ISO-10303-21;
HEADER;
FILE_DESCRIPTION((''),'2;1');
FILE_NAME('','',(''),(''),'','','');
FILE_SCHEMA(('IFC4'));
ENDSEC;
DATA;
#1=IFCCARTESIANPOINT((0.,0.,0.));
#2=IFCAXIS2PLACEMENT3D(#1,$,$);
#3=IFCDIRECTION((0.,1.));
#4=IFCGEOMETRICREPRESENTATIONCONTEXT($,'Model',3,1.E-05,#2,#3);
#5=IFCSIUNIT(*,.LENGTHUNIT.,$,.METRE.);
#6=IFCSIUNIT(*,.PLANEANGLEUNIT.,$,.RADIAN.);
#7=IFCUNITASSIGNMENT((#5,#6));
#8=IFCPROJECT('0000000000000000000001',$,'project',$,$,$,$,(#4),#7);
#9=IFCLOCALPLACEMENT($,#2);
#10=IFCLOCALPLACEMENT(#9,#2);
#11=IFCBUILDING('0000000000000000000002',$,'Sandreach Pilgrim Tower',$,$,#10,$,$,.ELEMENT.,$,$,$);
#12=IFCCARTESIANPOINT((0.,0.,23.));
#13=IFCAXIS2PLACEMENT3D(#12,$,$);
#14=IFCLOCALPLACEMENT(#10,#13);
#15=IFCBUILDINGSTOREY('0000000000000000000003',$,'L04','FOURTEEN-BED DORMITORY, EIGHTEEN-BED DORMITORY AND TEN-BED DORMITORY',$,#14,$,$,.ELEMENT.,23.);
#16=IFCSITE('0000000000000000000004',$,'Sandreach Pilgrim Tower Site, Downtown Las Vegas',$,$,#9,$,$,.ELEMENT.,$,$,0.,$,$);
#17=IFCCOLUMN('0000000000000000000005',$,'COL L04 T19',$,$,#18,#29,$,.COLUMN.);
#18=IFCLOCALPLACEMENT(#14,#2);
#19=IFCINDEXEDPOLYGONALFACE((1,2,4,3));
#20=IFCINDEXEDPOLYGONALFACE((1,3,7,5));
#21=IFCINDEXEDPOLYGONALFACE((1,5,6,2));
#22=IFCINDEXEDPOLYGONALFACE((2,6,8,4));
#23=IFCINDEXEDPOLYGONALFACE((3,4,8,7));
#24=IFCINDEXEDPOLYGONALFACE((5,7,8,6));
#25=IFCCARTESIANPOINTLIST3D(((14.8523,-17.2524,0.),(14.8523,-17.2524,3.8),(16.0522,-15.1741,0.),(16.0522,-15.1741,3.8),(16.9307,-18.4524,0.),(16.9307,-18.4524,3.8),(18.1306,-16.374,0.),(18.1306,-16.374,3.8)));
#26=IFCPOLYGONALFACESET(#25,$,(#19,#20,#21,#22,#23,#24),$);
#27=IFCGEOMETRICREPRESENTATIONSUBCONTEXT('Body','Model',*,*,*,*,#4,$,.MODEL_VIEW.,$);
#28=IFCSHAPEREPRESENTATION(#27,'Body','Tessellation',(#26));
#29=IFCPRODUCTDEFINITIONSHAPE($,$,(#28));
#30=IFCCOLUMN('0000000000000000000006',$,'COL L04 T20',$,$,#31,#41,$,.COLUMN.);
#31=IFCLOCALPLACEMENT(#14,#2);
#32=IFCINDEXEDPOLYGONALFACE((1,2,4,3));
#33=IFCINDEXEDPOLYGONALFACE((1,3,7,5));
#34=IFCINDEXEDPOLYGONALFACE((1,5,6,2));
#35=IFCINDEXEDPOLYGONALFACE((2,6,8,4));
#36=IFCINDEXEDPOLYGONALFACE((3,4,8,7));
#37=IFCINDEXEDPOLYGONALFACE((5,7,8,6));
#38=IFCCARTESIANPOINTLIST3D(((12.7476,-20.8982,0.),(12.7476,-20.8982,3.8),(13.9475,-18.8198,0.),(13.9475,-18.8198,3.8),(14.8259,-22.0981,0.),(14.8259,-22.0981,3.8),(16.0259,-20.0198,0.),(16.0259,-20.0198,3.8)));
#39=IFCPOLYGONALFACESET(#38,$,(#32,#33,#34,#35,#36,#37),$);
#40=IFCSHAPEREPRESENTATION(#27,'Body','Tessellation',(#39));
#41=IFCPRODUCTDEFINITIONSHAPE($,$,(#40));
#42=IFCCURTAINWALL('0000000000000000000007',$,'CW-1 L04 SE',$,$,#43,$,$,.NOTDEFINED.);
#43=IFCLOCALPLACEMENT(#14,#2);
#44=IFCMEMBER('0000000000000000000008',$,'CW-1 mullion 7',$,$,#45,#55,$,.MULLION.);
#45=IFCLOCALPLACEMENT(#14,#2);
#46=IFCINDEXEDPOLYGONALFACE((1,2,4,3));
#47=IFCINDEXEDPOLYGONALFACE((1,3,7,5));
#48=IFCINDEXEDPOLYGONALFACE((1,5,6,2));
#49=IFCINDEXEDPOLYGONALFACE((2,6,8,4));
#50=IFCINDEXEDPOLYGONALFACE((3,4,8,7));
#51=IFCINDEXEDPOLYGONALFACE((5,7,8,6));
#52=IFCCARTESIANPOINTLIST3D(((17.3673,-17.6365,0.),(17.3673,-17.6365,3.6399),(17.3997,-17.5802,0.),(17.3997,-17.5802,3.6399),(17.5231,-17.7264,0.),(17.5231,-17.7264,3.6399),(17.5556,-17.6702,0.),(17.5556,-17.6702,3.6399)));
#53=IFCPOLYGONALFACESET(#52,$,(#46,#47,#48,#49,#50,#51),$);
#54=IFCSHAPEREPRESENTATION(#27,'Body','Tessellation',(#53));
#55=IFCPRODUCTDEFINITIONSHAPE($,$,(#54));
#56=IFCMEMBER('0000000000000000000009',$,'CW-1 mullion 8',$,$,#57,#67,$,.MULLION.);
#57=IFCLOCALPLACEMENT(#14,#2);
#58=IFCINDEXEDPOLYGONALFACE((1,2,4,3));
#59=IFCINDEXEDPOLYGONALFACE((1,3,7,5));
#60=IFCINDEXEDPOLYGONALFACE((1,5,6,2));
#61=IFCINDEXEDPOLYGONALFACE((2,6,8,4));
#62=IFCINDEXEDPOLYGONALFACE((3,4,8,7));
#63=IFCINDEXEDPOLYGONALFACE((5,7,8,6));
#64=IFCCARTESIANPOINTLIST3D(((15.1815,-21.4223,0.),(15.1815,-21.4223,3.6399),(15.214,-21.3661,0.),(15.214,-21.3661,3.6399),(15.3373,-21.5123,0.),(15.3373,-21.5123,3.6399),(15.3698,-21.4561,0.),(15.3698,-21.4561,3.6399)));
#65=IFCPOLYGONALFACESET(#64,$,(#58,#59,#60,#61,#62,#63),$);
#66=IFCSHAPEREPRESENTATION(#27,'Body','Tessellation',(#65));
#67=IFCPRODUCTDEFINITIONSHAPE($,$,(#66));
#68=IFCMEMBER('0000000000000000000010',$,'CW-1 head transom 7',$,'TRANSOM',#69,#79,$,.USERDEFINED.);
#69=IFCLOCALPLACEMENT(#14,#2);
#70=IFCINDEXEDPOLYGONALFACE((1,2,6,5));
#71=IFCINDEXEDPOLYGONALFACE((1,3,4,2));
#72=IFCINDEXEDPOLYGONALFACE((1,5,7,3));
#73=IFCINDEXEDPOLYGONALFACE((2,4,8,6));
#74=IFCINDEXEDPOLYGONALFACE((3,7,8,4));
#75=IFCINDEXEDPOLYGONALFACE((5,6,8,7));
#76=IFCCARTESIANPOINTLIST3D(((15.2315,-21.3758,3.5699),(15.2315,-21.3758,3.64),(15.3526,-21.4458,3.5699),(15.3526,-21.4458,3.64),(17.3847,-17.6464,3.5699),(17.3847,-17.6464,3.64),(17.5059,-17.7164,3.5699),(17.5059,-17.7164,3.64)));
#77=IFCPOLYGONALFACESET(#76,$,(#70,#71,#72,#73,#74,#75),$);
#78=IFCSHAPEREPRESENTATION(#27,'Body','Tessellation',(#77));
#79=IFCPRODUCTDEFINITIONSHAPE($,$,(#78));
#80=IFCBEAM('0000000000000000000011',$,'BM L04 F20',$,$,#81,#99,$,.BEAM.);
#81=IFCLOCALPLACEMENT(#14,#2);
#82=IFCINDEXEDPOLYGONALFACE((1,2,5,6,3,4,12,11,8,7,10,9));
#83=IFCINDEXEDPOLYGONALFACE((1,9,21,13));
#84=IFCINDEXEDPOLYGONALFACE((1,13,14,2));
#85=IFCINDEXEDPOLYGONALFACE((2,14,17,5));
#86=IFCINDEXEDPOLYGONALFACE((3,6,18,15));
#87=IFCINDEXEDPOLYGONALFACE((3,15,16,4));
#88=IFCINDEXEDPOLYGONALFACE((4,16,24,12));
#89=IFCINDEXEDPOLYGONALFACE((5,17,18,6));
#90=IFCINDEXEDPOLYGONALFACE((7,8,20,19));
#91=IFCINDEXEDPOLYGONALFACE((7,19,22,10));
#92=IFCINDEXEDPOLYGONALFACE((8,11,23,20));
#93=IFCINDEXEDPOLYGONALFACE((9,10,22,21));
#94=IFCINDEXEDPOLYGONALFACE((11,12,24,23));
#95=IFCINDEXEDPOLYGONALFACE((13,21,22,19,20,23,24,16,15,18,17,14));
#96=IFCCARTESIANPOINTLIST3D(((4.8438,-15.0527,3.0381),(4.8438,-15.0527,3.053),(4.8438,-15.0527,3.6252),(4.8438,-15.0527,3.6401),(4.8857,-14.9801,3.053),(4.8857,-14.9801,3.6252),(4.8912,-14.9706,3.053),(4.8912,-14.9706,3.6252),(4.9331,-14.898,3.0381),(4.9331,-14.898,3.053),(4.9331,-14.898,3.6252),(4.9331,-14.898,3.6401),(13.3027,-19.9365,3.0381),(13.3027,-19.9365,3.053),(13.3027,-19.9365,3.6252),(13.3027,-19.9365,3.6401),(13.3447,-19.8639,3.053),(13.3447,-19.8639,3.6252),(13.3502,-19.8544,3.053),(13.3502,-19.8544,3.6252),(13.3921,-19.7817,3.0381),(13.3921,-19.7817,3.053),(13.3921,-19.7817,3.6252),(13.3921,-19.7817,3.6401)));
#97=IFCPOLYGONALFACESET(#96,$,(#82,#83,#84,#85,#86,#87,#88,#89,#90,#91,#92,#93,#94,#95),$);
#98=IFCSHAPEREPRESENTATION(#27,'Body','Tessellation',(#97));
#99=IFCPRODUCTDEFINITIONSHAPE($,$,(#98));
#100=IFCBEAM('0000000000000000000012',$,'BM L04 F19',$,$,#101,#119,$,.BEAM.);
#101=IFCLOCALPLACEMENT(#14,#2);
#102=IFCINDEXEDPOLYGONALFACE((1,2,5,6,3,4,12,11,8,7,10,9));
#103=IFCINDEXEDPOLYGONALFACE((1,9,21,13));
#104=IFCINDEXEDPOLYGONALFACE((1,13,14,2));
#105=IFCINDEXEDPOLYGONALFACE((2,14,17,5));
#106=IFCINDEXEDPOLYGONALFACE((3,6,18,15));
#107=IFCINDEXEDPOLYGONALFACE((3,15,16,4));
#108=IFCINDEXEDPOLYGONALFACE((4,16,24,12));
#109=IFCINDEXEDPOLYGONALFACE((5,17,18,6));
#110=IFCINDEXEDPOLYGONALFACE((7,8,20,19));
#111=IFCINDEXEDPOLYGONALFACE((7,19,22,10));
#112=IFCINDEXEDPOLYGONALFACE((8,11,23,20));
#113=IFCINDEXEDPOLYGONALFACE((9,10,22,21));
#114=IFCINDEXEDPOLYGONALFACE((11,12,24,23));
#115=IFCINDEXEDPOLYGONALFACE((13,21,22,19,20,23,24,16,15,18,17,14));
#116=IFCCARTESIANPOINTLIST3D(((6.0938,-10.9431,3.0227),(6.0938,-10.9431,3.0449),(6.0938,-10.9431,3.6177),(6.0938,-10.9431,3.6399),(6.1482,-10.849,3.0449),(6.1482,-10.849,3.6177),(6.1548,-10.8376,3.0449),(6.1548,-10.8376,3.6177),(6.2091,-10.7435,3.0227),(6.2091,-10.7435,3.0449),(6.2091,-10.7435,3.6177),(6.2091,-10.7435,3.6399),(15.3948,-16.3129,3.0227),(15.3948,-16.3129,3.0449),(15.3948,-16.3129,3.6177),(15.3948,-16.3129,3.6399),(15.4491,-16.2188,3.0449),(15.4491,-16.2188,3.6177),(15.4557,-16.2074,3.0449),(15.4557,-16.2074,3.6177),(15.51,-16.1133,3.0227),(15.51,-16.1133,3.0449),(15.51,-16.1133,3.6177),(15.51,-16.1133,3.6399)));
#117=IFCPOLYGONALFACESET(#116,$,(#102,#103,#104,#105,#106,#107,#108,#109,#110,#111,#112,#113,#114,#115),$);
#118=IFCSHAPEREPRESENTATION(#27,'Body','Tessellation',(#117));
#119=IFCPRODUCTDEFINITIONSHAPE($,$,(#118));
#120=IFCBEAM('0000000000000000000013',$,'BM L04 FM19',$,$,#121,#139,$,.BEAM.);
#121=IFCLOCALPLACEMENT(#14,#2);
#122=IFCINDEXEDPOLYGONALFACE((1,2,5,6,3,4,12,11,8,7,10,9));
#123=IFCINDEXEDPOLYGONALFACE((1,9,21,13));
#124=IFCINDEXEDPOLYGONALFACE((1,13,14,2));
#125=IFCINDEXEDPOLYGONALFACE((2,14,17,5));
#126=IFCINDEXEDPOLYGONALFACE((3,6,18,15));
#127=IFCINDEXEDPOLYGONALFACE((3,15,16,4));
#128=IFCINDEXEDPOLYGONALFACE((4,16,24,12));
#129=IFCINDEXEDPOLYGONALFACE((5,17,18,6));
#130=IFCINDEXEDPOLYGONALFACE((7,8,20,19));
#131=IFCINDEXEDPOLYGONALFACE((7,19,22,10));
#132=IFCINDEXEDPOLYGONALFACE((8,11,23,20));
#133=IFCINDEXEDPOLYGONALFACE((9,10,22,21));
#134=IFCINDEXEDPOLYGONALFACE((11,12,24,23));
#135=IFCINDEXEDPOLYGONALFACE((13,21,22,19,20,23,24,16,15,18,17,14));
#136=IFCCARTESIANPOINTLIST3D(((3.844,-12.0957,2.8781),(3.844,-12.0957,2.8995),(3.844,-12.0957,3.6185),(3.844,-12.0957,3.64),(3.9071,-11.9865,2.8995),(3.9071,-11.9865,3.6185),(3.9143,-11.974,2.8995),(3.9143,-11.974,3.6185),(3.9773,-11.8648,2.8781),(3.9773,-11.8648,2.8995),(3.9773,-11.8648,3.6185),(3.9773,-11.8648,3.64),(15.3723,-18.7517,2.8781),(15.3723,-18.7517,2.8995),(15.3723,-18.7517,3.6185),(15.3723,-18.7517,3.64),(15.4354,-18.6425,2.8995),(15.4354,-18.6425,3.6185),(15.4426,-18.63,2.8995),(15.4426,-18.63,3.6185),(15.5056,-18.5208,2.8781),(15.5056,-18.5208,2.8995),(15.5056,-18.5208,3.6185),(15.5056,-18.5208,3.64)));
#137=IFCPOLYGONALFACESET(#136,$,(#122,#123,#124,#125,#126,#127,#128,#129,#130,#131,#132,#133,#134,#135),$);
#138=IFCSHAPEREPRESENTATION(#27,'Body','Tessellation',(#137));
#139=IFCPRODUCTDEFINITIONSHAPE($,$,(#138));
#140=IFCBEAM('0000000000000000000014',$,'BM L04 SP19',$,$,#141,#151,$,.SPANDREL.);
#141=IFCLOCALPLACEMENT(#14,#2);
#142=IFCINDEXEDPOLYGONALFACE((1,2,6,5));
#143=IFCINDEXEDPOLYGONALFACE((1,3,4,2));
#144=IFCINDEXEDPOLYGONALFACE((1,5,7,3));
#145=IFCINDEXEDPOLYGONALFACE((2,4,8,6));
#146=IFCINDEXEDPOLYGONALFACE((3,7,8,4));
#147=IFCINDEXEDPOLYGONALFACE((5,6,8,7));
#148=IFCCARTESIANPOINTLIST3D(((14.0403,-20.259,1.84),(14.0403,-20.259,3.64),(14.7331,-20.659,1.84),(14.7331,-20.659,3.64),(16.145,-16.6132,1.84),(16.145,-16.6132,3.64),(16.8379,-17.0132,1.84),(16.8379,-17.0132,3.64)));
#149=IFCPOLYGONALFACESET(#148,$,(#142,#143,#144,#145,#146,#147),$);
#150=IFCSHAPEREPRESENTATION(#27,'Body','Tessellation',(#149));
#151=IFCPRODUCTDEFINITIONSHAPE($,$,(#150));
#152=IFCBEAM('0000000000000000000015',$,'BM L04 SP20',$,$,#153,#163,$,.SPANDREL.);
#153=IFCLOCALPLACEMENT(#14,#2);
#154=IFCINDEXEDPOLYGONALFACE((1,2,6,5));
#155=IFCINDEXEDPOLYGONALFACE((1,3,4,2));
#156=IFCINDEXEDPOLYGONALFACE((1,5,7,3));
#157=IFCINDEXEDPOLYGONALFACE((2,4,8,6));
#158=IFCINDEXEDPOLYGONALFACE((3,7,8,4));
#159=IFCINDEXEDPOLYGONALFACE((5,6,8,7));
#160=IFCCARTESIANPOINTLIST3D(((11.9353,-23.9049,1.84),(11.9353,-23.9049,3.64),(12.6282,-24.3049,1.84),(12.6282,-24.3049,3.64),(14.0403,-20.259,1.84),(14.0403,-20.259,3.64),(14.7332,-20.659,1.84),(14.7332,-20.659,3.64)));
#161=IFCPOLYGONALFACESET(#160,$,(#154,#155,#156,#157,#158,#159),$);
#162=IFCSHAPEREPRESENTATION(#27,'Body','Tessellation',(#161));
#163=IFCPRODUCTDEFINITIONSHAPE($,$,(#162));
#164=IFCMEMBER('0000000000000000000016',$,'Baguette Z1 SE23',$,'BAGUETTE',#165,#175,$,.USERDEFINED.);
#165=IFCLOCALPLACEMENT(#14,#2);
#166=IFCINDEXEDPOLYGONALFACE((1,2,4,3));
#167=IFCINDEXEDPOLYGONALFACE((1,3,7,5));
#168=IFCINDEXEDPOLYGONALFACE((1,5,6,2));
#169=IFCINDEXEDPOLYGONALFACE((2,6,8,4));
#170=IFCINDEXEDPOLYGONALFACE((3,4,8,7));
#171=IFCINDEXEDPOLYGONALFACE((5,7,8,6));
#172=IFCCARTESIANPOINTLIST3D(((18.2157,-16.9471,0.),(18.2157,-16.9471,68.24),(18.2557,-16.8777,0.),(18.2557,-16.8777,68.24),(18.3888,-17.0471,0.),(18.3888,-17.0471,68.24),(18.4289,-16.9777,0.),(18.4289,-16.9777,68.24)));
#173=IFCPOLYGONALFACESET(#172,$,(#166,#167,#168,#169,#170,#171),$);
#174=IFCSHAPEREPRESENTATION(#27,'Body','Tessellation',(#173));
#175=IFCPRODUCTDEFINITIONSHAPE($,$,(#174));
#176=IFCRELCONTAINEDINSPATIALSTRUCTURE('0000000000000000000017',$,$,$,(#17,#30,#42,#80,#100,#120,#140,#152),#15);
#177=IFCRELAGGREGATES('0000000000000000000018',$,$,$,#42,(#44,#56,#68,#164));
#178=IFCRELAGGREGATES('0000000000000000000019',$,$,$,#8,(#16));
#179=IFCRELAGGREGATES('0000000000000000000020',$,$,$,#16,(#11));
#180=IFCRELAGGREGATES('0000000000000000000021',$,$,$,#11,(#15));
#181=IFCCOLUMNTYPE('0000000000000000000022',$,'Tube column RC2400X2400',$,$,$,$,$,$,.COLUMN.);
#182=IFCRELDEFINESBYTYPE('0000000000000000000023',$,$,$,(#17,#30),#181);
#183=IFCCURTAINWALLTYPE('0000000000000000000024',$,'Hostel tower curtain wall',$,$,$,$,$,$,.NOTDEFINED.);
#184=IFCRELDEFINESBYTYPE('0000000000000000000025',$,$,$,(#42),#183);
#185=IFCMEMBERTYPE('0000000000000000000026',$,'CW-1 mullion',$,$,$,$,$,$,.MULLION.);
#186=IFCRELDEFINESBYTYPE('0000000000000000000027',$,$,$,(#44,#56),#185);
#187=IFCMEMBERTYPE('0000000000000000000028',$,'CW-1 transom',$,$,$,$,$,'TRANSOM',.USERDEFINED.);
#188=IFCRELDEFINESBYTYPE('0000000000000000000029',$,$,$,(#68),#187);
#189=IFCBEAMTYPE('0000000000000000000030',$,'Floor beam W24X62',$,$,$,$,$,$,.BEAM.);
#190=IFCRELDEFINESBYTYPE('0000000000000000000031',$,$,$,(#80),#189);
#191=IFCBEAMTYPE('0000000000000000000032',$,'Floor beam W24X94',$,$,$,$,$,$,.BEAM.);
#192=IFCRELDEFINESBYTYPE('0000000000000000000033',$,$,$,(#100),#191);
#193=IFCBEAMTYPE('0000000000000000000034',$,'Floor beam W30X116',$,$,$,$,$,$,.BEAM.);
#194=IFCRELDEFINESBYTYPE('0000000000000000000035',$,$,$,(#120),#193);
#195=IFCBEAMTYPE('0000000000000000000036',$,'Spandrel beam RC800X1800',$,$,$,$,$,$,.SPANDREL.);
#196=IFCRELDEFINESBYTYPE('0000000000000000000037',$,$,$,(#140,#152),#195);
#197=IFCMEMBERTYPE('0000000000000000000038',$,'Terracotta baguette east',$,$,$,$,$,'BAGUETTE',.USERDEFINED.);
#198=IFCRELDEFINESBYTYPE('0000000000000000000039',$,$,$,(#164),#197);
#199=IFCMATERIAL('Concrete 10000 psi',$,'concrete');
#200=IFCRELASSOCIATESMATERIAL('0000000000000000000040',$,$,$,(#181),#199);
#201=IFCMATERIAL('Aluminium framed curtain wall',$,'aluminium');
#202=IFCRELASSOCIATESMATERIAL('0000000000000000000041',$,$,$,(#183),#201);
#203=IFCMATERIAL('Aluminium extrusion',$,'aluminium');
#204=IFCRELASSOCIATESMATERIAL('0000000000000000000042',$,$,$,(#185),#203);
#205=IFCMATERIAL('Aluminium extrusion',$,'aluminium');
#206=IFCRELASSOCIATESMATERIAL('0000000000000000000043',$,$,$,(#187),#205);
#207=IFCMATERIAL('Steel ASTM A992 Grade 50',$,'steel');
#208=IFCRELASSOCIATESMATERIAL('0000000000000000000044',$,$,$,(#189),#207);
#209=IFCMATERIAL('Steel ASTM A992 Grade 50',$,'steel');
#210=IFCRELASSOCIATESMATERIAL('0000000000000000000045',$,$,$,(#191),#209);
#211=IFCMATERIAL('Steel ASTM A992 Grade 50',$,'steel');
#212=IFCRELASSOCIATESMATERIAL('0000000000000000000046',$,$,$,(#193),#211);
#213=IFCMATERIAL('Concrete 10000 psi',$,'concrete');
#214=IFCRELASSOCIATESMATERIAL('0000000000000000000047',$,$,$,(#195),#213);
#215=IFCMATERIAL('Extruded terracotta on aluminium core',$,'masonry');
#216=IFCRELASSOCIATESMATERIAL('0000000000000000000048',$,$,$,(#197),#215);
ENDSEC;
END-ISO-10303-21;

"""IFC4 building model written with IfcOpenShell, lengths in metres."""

from ifc_helpers import new_model, si_unit, direction, frame, origin, origin_2d, place, context, subcontext, project, spatial, rectangle, i_section, extrude, material, material_profile, profile_set, type_object, element, aggregate, save


model = new_model("IFC4")

# Units and contexts
model_context = context("Model", 3, precision=1e-05, world=origin(), true_north=direction((0.0, 1.0)))
body_context = subcontext(model_context, "Body", "Model", "MODEL_VIEW")
ifc_project = project(units=[si_unit("LENGTHUNIT", "METRE"), si_unit("PLANEANGLEUNIT", "RADIAN")], contexts=[model_context])

# Site, building, storey
site_placement = place(None, origin())
site = spatial("IfcSite", under=ifc_project, at=site_placement, Name="Sandreach Pilgrim Tower Site, Downtown Las Vegas", CompositionType="ELEMENT", RefElevation=0.0)
building_placement = place(site_placement, origin())
building = spatial("IfcBuilding", under=site, at=building_placement, Name="Sandreach Pilgrim Tower", CompositionType="ELEMENT")
storey_placement = place(building_placement, frame((0.0, 0.0, 23.0)))
storey = spatial("IfcBuildingStorey", under=building, at=storey_placement, Name="L04", Description="FOURTEEN-BED DORMITORY, EIGHTEEN-BED DORMITORY AND TEN-BED DORMITORY", CompositionType="ELEMENT", Elevation=23.0)

# Columns
ifc_material_1 = material(Name="Concrete 10000 psi", Category="concrete")
ifc_material_profile_1 = material_profile(ifc_material_1, rectangle(XDim=2.3999, YDim=2.3999, at=origin_2d()), Name="RC2400X2400")
ifc_profile_set_1 = profile_set([ifc_material_profile_1], Name="Concrete 10000 psi")
column_type = type_object("IfcColumnType", Name="Tube column RC2400X2400", PredefinedType="COLUMN", material=ifc_profile_set_1)
for number, where, z_axis, x_axis, name in (
    (1, (16.4915, -16.8132, 0.0), (0.0, 0.0, 1.0), (0.866025, -0.5, 0.0), "COL L04 T19"),
    (2, (14.3867, -20.459, 0.0), (0.0, 0.0, 1.0), (0.866025, -0.5, 0.0), "COL L04 T20"),
):
    element("IfcColumn", number, at=place(storey_placement, frame(where, z_axis=z_axis, x_axis=x_axis)), inside=storey, type_object=column_type, Name=name, PredefinedType="COLUMN", context=body_context, shape_type="SweptSolid", body=[
        extrude(rectangle(XDim=2.3999, YDim=2.3999, at=origin_2d()), origin(), (0.0, 0.0, 1.0), 3.8),
    ])

# Curtain wall, members
ifc_material_2 = material(Name="Aluminium framed curtain wall", Category="aluminium")
curtain_wall_type = type_object("IfcCurtainWallType", Name="Hostel tower curtain wall", PredefinedType="NOTDEFINED", material=ifc_material_2)
curtain_wall_placement = place(storey_placement, origin())
curtain_wall = element("IfcCurtainWall", 3, at=curtain_wall_placement, inside=storey, type_object=curtain_wall_type, Name="CW-1 L04 SE", PredefinedType="NOTDEFINED")
ifc_material_3 = material(Name="Aluminium extrusion", Category="aluminium")
ifc_material_profile_2 = material_profile(ifc_material_3, rectangle(XDim=0.0649, YDim=0.1799, at=origin_2d()), Name="CW-1M 65X180")
ifc_profile_set_2 = profile_set([ifc_material_profile_2], Name="Aluminium extrusion")
member_type_1 = type_object("IfcMemberType", Name="CW-1 mullion", PredefinedType="MULLION", material=ifc_profile_set_2)
member_1_placement = place(storey_placement, frame((17.4614, -17.6533, 0.0), z_axis=(0.0, 0.0, 1.0), x_axis=(-0.5, -0.866025, 0.0)))
member_1 = element("IfcMember", 4, at=member_1_placement, type_object=member_type_1, Name="CW-1 mullion 7", PredefinedType="MULLION", context=body_context, shape_type="SweptSolid", body=[
    extrude(rectangle(XDim=0.0649, YDim=0.1799, at=origin_2d()), origin(), (0.0, 0.0, 1.0), 3.6399),
])
member_2_placement = place(storey_placement, frame((15.2756, -21.4392, 0.0), z_axis=(0.0, 0.0, 1.0), x_axis=(-0.5, -0.866025, 0.0)))
member_2 = element("IfcMember", 5, at=member_2_placement, type_object=member_type_1, Name="CW-1 mullion 8", PredefinedType="MULLION", context=body_context, shape_type="SweptSolid", body=[
    extrude(rectangle(XDim=0.0649, YDim=0.1799, at=origin_2d()), origin(), (0.0, 0.0, 1.0), 3.6399),
])
ifc_material_4 = material(Name="Aluminium extrusion", Category="aluminium")
ifc_material_profile_3 = material_profile(ifc_material_4, rectangle(XDim=0.1399, YDim=0.0701, at=origin_2d()), Name="CW-1T 140X70")
ifc_profile_set_3 = profile_set([ifc_material_profile_3], Name="Aluminium extrusion")
member_type_2 = type_object("IfcMemberType", Name="CW-1 transom", ElementType="TRANSOM", PredefinedType="USERDEFINED", material=ifc_profile_set_3)
member_3_placement = place(storey_placement, frame((17.4453, -17.6814, 3.605), z_axis=(-0.500017, -0.866016, 0.0), x_axis=(0.866016, -0.500017, 0.0)))
member_3 = element("IfcMember", 6, at=member_3_placement, type_object=member_type_2, Name="CW-1 head transom 7", ObjectType="TRANSOM", PredefinedType="USERDEFINED", context=body_context, shape_type="SweptSolid", body=[
    extrude(rectangle(XDim=0.1399, YDim=0.0701, at=origin_2d()), origin(), (0.0, 0.0, 1.0), 4.3064),
])

# Beams
ifc_material_5 = material(Name="Steel ASTM A992 Grade 50", Category="steel")
ifc_material_profile_4 = material_profile(ifc_material_5, i_section(OverallWidth=0.1787, OverallDepth=0.6021, WebThickness=0.011, FlangeThickness=0.0149, at=origin_2d()), Name="W24X62")
ifc_profile_set_4 = profile_set([ifc_material_profile_4], Name="Steel ASTM A992 Grade 50")
beam_type_1 = type_object("IfcBeamType", Name="Floor beam W24X62", PredefinedType="BEAM", material=ifc_profile_set_4)
beam_1_placement = place(storey_placement, frame((13.3474, -19.8591, 3.3391), z_axis=(-0.866026, 0.499999, 0.0), x_axis=(-0.499999, -0.866026, 0.0)))
element("IfcBeam", 7, at=beam_1_placement, inside=storey, type_object=beam_type_1, Name="BM L04 F20", PredefinedType="BEAM", context=body_context, shape_type="SweptSolid", body=[
    extrude(i_section(OverallWidth=0.1787, OverallDepth=0.6021, WebThickness=0.011, FlangeThickness=0.0149, at=origin_2d()), origin(), (0.0, 0.0, 1.0), 9.7676),
])
ifc_material_6 = material(Name="Steel ASTM A992 Grade 50", Category="steel")
ifc_material_profile_5 = material_profile(ifc_material_6, i_section(OverallWidth=0.2305, OverallDepth=0.6172, WebThickness=0.0132, FlangeThickness=0.0222, at=origin_2d()), Name="W24X94")
ifc_profile_set_5 = profile_set([ifc_material_profile_5], Name="Steel ASTM A992 Grade 50")
beam_type_2 = type_object("IfcBeamType", Name="Floor beam W24X94", PredefinedType="BEAM", material=ifc_profile_set_5)
beam_2_placement = place(storey_placement, frame((15.4524, -16.2131, 3.3313), z_axis=(-0.866028, 0.499995, 0.0), x_axis=(-0.499995, -0.866028, 0.0)))
element("IfcBeam", 8, at=beam_2_placement, inside=storey, type_object=beam_type_2, Name="BM L04 F19", PredefinedType="BEAM", context=body_context, shape_type="SweptSolid", body=[
    extrude(i_section(OverallWidth=0.2305, OverallDepth=0.6172, WebThickness=0.0132, FlangeThickness=0.0222, at=origin_2d()), origin(), (0.0, 0.0, 1.0), 10.7397),
])
ifc_material_7 = material(Name="Steel ASTM A992 Grade 50", Category="steel")
ifc_material_profile_6 = material_profile(ifc_material_7, i_section(OverallWidth=0.2666, OverallDepth=0.762, WebThickness=0.0144, FlangeThickness=0.0215, at=origin_2d()), Name="W30X116")
ifc_profile_set_6 = profile_set([ifc_material_profile_6], Name="Steel ASTM A992 Grade 50")
beam_type_3 = type_object("IfcBeamType", Name="Floor beam W30X116", PredefinedType="BEAM", material=ifc_profile_set_6)
beam_3_placement = place(storey_placement, frame((15.439, -18.6362, 3.259), z_axis=(-0.866021, 0.500007, 0.0), x_axis=(-0.500007, -0.866021, 0.0)))
element("IfcBeam", 9, at=beam_3_placement, inside=storey, type_object=beam_type_3, Name="BM L04 FM19", PredefinedType="BEAM", context=body_context, shape_type="SweptSolid", body=[
    extrude(i_section(OverallWidth=0.2666, OverallDepth=0.762, WebThickness=0.0144, FlangeThickness=0.0215, at=origin_2d()), origin(), (0.0, 0.0, 1.0), 13.3118),
])
ifc_material_8 = material(Name="Concrete 10000 psi", Category="concrete")
ifc_material_profile_7 = material_profile(ifc_material_8, rectangle(XDim=0.8, YDim=1.8, at=origin_2d()), Name="RC800X1800")
ifc_profile_set_7 = profile_set([ifc_material_profile_7], Name="Concrete 10000 psi")
beam_type_4 = type_object("IfcBeamType", Name="Spandrel beam RC800X1800", PredefinedType="SPANDREL", material=ifc_profile_set_7)
beam_4_placement = place(storey_placement, frame((16.4915, -16.8132, 2.74), z_axis=(-0.499975, -0.86604, 0.0), x_axis=(0.86604, -0.499975, 0.0)))
element("IfcBeam", 10, at=beam_4_placement, inside=storey, type_object=beam_type_4, Name="BM L04 SP19", PredefinedType="SPANDREL", context=body_context, shape_type="SweptSolid", body=[
    extrude(rectangle(XDim=0.8, YDim=1.8, at=origin_2d()), origin(), (0.0, 0.0, 1.0), 4.2097),
])
beam_5_placement = place(storey_placement, frame((14.3867, -20.459, 2.74), z_axis=(-0.499994, -0.866029, 0.0), x_axis=(0.866029, -0.499994, 0.0)))
element("IfcBeam", 11, at=beam_5_placement, inside=storey, type_object=beam_type_4, Name="BM L04 SP20", PredefinedType="SPANDREL", context=body_context, shape_type="SweptSolid", body=[
    extrude(rectangle(XDim=0.8, YDim=1.8, at=origin_2d()), origin(), (0.0, 0.0, 1.0), 4.21),
])

# Member
ifc_material_9 = material(Name="Extruded terracotta on aluminium core", Category="masonry")
ifc_material_profile_8 = material_profile(ifc_material_9, rectangle(XDim=0.0801, YDim=0.2, at=origin_2d()), Name="TBE 80X200")
ifc_profile_set_8 = profile_set([ifc_material_profile_8], Name="Extruded terracotta on aluminium core")
member_type_3 = type_object("IfcMemberType", Name="Terracotta baguette east", ElementType="BAGUETTE", PredefinedType="USERDEFINED", material=ifc_profile_set_8)
member_4_placement = place(storey_placement, frame((18.3223, -16.9624, 0.0), z_axis=(0.0, 0.0, 1.0), x_axis=(-0.5, -0.866025, 0.0)))
member_4 = element("IfcMember", 12, at=member_4_placement, type_object=member_type_3, Name="Baguette Z1 SE23", ObjectType="BAGUETTE", PredefinedType="USERDEFINED", context=body_context, shape_type="SweptSolid", body=[
    extrude(rectangle(XDim=0.0801, YDim=0.2, at=origin_2d()), origin(), (0.0, 0.0, 1.0), 68.24),
])

aggregate(curtain_wall, [member_1, member_2, member_3, member_4])

save(model, "model.ifc")
